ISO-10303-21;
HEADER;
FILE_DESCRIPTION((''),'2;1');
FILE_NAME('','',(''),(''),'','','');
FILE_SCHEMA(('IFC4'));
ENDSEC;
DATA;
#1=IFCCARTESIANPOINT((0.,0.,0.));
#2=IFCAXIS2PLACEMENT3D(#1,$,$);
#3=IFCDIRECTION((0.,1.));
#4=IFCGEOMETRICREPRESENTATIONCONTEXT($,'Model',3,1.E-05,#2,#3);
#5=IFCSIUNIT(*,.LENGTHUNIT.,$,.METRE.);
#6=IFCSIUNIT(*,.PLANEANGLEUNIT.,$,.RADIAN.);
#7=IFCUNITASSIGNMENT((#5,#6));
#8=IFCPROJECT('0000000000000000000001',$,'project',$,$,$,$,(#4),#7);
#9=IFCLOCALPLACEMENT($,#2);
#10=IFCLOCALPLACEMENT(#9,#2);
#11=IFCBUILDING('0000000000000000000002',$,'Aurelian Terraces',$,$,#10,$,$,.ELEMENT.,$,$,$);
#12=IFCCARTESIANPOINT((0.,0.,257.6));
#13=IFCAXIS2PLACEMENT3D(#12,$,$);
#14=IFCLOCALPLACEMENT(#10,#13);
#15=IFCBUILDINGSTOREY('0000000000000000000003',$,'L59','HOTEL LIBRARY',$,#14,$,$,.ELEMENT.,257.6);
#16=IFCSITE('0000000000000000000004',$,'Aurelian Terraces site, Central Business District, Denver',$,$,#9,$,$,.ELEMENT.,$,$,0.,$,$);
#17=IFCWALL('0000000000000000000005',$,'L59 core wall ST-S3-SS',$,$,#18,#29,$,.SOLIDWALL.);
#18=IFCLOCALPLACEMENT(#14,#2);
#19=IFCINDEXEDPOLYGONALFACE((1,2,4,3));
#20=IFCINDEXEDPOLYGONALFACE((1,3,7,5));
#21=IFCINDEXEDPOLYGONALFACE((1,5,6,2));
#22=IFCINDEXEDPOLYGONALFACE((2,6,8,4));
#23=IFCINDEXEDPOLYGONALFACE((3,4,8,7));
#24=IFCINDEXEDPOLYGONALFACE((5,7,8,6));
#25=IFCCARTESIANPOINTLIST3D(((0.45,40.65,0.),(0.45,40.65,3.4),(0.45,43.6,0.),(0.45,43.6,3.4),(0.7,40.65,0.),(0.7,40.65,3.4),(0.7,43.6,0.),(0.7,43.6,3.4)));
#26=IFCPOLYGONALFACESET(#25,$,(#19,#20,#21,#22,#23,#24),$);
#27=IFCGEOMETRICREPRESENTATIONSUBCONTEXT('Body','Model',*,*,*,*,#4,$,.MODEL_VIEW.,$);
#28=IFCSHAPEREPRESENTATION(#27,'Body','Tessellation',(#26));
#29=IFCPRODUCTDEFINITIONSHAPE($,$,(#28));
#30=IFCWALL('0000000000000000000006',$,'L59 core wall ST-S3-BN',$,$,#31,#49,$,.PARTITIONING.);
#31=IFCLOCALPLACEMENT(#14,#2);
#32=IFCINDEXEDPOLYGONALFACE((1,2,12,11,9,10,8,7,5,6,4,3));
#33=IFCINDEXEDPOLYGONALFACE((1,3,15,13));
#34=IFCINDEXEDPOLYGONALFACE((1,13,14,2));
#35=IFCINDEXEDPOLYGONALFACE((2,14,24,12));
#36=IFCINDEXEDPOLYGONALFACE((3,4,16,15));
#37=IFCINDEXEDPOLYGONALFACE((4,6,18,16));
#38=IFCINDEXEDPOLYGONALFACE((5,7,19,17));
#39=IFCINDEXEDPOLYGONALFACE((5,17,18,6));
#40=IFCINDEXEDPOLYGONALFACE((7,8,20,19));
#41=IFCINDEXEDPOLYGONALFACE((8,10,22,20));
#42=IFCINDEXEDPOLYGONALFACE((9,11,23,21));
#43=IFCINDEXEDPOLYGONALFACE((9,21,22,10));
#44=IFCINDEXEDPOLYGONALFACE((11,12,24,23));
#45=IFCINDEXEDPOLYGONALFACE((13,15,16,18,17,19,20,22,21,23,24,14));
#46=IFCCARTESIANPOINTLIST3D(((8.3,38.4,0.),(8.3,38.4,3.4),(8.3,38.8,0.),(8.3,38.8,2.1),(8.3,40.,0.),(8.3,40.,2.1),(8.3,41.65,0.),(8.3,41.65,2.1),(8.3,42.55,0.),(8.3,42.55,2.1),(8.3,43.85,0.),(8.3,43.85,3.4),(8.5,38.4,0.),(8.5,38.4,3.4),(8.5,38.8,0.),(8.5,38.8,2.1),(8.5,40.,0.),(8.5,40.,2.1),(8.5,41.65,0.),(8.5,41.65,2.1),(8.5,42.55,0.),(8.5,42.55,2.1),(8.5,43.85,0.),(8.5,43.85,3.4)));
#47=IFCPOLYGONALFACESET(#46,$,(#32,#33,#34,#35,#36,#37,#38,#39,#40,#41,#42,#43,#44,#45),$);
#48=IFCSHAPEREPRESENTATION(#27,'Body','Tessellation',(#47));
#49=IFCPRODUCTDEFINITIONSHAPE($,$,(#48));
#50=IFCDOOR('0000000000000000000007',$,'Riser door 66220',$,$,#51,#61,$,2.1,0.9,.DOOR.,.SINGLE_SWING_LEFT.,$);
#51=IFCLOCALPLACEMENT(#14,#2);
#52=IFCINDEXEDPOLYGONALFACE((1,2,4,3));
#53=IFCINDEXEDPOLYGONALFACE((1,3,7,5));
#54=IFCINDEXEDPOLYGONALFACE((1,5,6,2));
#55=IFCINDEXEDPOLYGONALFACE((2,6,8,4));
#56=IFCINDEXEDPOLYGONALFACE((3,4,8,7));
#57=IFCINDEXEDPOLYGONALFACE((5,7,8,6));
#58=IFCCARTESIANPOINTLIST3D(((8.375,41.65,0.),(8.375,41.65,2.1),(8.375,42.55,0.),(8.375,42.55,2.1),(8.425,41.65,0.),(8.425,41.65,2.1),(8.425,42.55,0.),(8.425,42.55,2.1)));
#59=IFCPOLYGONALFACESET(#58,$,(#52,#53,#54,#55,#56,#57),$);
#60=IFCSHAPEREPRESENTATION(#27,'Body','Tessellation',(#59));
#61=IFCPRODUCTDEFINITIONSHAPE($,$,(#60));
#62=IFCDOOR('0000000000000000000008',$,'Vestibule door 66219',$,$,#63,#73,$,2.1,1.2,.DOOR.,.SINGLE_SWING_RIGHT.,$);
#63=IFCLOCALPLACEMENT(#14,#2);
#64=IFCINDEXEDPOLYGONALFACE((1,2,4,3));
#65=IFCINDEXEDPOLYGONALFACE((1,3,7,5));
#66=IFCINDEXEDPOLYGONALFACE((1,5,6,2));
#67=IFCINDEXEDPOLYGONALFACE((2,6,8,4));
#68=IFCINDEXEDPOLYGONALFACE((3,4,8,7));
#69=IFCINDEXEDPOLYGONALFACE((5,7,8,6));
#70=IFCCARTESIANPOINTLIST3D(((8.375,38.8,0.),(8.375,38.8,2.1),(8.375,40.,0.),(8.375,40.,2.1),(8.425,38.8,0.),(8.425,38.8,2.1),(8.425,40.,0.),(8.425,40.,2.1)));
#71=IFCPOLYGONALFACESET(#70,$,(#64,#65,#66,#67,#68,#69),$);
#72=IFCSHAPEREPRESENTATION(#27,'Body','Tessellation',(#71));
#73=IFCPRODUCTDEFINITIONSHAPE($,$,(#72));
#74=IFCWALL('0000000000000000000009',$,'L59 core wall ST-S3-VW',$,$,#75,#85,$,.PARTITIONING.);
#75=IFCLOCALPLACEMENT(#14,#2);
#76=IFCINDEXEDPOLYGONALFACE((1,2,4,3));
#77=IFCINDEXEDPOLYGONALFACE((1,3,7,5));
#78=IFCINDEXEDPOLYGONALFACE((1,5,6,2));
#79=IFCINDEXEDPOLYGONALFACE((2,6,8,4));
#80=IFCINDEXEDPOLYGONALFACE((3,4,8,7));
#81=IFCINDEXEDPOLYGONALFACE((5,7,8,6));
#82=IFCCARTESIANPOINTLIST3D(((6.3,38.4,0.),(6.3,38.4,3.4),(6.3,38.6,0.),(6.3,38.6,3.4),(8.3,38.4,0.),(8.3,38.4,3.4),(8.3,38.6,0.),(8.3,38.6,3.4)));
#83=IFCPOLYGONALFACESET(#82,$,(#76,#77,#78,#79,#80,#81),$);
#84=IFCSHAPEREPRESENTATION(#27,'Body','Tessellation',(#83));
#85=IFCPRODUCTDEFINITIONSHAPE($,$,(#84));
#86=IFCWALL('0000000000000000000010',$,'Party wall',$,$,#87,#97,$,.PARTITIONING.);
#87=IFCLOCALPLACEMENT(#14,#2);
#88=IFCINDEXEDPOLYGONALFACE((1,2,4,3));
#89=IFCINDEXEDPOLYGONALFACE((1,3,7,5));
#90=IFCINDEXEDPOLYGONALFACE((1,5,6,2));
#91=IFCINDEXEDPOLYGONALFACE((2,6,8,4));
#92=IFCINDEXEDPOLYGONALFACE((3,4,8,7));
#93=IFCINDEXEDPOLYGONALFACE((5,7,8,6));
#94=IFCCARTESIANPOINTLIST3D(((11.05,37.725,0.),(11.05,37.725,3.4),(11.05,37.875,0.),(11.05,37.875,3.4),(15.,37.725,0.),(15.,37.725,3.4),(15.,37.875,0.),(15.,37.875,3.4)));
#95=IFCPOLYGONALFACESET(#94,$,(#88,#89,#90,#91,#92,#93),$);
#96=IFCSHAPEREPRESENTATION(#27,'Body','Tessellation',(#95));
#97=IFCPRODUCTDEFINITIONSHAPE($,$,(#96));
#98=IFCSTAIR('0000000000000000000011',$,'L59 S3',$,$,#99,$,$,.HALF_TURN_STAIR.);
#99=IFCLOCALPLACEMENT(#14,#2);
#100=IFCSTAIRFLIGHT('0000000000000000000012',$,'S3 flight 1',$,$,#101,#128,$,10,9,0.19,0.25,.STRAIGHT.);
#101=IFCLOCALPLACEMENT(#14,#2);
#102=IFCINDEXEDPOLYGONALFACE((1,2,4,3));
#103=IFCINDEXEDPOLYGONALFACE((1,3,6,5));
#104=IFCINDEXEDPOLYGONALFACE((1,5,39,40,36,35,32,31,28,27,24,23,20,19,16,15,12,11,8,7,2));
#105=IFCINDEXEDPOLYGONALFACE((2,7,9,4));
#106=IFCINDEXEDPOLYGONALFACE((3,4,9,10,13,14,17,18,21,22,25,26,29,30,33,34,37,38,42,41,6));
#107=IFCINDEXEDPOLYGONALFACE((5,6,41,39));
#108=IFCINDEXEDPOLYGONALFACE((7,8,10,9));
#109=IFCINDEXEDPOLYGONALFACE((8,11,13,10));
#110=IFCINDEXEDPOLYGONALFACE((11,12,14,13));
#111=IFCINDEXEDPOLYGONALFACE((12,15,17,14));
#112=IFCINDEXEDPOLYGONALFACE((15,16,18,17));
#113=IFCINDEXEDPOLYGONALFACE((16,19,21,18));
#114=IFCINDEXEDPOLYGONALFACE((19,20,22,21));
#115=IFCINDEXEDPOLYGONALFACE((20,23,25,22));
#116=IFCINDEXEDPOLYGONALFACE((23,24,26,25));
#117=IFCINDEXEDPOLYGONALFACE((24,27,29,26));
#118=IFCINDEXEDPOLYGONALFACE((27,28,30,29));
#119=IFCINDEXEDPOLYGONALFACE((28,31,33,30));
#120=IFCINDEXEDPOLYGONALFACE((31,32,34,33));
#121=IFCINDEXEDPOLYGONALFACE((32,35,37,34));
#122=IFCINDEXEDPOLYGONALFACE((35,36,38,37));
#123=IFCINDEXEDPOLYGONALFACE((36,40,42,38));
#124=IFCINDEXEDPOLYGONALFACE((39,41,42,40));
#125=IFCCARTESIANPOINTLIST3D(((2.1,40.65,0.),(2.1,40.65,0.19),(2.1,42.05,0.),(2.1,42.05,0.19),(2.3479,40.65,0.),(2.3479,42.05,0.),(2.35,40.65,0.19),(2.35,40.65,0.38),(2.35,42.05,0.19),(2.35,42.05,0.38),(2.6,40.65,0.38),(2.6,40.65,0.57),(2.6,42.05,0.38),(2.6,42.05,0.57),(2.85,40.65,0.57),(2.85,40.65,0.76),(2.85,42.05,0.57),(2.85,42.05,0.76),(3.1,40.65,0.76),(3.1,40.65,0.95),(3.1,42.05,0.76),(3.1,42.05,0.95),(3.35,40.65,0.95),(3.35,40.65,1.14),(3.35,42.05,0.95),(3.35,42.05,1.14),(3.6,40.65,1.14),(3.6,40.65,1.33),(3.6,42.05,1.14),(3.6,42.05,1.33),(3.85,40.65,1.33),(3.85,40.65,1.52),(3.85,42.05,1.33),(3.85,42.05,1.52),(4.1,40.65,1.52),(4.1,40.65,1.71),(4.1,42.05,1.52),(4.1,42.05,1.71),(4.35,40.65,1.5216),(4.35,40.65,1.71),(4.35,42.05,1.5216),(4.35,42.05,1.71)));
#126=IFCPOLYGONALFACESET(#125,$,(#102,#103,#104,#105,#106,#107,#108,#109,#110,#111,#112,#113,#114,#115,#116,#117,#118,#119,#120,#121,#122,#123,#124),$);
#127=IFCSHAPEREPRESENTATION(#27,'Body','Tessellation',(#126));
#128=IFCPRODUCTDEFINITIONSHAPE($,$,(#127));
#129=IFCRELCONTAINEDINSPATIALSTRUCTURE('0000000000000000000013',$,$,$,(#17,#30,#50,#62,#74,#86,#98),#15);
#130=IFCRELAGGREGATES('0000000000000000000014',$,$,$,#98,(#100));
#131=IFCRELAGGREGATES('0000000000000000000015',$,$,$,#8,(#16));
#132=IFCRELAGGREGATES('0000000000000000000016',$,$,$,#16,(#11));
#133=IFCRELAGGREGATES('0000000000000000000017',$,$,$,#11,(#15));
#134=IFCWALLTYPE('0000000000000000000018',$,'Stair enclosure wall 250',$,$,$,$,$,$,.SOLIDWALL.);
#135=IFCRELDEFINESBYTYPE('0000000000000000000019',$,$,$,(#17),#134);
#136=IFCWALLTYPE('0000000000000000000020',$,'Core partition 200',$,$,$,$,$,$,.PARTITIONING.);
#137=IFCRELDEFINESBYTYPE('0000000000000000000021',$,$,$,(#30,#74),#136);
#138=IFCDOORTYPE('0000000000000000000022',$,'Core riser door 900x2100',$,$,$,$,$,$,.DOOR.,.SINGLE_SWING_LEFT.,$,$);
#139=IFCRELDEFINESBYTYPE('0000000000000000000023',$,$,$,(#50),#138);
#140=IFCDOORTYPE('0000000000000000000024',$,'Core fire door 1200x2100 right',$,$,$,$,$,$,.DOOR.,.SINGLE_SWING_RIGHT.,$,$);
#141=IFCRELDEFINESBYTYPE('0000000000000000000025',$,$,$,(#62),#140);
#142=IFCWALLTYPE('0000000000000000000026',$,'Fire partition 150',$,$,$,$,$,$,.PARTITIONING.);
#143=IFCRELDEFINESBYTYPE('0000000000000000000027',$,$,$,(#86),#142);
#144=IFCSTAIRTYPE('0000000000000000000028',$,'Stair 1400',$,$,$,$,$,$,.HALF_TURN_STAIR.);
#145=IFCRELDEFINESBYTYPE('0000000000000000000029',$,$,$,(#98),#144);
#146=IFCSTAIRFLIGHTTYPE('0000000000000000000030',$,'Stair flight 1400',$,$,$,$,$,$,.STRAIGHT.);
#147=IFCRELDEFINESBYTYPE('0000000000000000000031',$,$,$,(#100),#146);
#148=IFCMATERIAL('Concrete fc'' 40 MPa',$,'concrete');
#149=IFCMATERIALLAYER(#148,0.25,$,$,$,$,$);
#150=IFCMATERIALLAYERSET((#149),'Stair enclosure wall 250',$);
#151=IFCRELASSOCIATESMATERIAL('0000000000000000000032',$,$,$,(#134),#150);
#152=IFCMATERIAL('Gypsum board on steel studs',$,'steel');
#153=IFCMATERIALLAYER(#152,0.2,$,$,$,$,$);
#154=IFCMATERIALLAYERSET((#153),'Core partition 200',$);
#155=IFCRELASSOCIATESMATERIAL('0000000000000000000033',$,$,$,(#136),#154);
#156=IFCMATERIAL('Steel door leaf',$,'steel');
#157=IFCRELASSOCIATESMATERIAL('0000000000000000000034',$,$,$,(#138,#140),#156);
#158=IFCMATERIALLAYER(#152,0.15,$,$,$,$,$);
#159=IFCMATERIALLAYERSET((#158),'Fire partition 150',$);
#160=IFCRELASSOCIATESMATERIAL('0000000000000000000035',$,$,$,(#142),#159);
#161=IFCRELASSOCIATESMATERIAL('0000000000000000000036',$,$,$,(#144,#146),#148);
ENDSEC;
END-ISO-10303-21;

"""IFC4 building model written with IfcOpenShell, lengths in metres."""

from ifc_helpers import new_model, si_unit, direction, frame, frame_2d, origin, place, context, subcontext, project, spatial, polyline, rectangle, outline, extrude, source, transform, mapped, material, layer, layer_set, type_object, element, fill, aggregate, save


model = new_model("IFC4")

# Units and contexts
model_context = context("Model", 3, precision=1e-05, world=origin(), true_north=direction((0.0, 1.0)))
body_context = subcontext(model_context, "Body", "Model", "MODEL_VIEW")
ifc_project = project(units=[si_unit("LENGTHUNIT", "METRE"), si_unit("PLANEANGLEUNIT", "RADIAN")], contexts=[model_context])

# Site, building, storey
site_placement = place(None, origin())
site = spatial("IfcSite", under=ifc_project, at=site_placement, Name="Aurelian Terraces site, Central Business District, Denver", CompositionType="ELEMENT", RefElevation=0.0)
building_placement = place(site_placement, origin())
building = spatial("IfcBuilding", under=site, at=building_placement, Name="Aurelian Terraces", CompositionType="ELEMENT")
storey_placement = place(building_placement, frame((0.0, 0.0, 257.6)))
storey = spatial("IfcBuildingStorey", under=building, at=storey_placement, Name="L59", Description="HOTEL LIBRARY", CompositionType="ELEMENT", Elevation=257.6)

# Shared definitions
ifc_material_1 = material(Name="Concrete fc' 40 MPa", Category="concrete")

# Shared definitions
ifc_layer_1 = layer(ifc_material_1, 0.25)
ifc_layer_set_1 = layer_set([ifc_layer_1], Name="Stair enclosure wall 250")
wall_type_1 = type_object("IfcWallType", Name="Stair enclosure wall 250", PredefinedType="SOLIDWALL", material=ifc_layer_set_1)
ifc_material_2 = material(Name="Steel door leaf", Category="steel")

# Wall
shared_shape_1 = source(origin(), body_context, "Body", "SweptSolid", [
    extrude(rectangle(XDim=2.95, YDim=0.25, at=frame_2d((1.475, 0.0))), origin(), (0.0, 0.0, 1.0), 3.4),
])
wall_1_placement = place(storey_placement, frame((0.575, 40.65, 0.0), z_axis=(0.0, 0.0, 1.0), x_axis=(0.0, 1.0, 0.0)))
element("IfcWall", 1, at=wall_1_placement, inside=storey, type_object=wall_type_1, Name="L59 core wall ST-S3-SS", PredefinedType="SOLIDWALL", context=body_context, shape_type="MappedRepresentation", body=[
    mapped(shared_shape_1, transform((0.0, 0.0, 0.0), scale=1.0)),
])

# Wall, openings, doors
ifc_material_3 = material(Name="Gypsum board on steel studs", Category="steel")
ifc_layer_2 = layer(ifc_material_3, 0.2)
ifc_layer_set_2 = layer_set([ifc_layer_2], Name="Core partition 200")
wall_type_2 = type_object("IfcWallType", Name="Core partition 200", PredefinedType="PARTITIONING", material=ifc_layer_set_2)
shared_shape_2 = source(origin(), body_context, "Body", "SweptSolid", [
    extrude(rectangle(XDim=5.45, YDim=0.2, at=frame_2d((2.725, 0.0))), origin(), (0.0, 0.0, 1.0), 3.4),
])
wall_2_placement = place(storey_placement, frame((8.4, 38.4, 0.0), z_axis=(0.0, 0.0, 1.0), x_axis=(0.0, 1.0, 0.0)))
wall_2 = element("IfcWall", 2, at=wall_2_placement, inside=storey, type_object=wall_type_2, Name="L59 core wall ST-S3-BN", PredefinedType="PARTITIONING", context=body_context, shape_type="MappedRepresentation", body=[
    mapped(shared_shape_2, transform((0.0, 0.0, 0.0), scale=1.0)),
])
shared_shape_3 = source(origin(), body_context, "Body", "SweptSolid", [
    extrude(rectangle(XDim=1.2, YDim=2.1, at=frame_2d((0.6, 1.05))), frame((0.0, 0.11, 0.0), z_axis=(0.0, -1.0, 0.0), x_axis=(1.0, 0.0, 0.0)), (0.0, 0.0, 1.0), 0.22),
])
opening_1_placement = place(wall_2_placement, frame((0.4, 0.0, 0.0)))
opening_1 = element("IfcOpeningElement", 3, at=opening_1_placement, cuts=wall_2, PredefinedType="OPENING", context=body_context, shape_type="MappedRepresentation", body=[
    mapped(shared_shape_3, transform((0.0, 0.0, 0.0), scale=1.0)),
])
shared_shape_4 = source(origin(), body_context, "Body", "SweptSolid", [
    extrude(rectangle(XDim=0.9, YDim=2.1, at=frame_2d((0.45, 1.05))), frame((0.0, 0.11, 0.0), z_axis=(0.0, -1.0, 0.0), x_axis=(1.0, 0.0, 0.0)), (0.0, 0.0, 1.0), 0.22),
])
opening_2_placement = place(wall_2_placement, frame((3.25, 0.0, 0.0)))
opening_2 = element("IfcOpeningElement", 4, at=opening_2_placement, cuts=wall_2, PredefinedType="OPENING", context=body_context, shape_type="MappedRepresentation", body=[
    mapped(shared_shape_4, transform((0.0, 0.0, 0.0), scale=1.0)),
])
door_type_1 = type_object("IfcDoorType", Name="Core riser door 900x2100", OperationType="SINGLE_SWING_LEFT", PredefinedType="DOOR", material=ifc_material_2)
shared_shape_5 = source(origin(), body_context, "Body", "SweptSolid", [
    extrude(rectangle(XDim=0.9, YDim=2.1, at=frame_2d((0.45, 1.05))), frame((0.0, 0.025, 0.0), z_axis=(0.0, -1.0, 0.0), x_axis=(1.0, 0.0, 0.0)), (0.0, 0.0, 1.0), 0.05),
])
door_1_placement = place(opening_2_placement, origin())
door_1 = element("IfcDoor", 5, at=door_1_placement, inside=storey, type_object=door_type_1, Name="Riser door 66220", OperationType="SINGLE_SWING_LEFT", OverallHeight=2.1, OverallWidth=0.9, PredefinedType="DOOR", context=body_context, shape_type="MappedRepresentation", body=[
    mapped(shared_shape_5, transform((0.0, 0.0, 0.0), scale=1.0)),
])
fill(opening_2, door_1)
door_type_2 = type_object("IfcDoorType", Name="Core fire door 1200x2100 right", OperationType="SINGLE_SWING_RIGHT", PredefinedType="DOOR", material=ifc_material_2)
shared_shape_6 = source(origin(), body_context, "Body", "SweptSolid", [
    extrude(rectangle(XDim=1.2, YDim=2.1, at=frame_2d((0.6, 1.05))), frame((0.0, 0.025, 0.0), z_axis=(0.0, -1.0, 0.0), x_axis=(1.0, 0.0, 0.0)), (0.0, 0.0, 1.0), 0.05),
])
door_2_placement = place(opening_1_placement, origin())
door_2 = element("IfcDoor", 6, at=door_2_placement, inside=storey, type_object=door_type_2, Name="Vestibule door 66219", OperationType="SINGLE_SWING_RIGHT", OverallHeight=2.1, OverallWidth=1.2, PredefinedType="DOOR", context=body_context, shape_type="MappedRepresentation", body=[
    mapped(shared_shape_6, transform((0.0, 0.0, 0.0), scale=1.0)),
])
fill(opening_1, door_2)

# Walls
shared_shape_7 = source(origin(), body_context, "Body", "SweptSolid", [
    extrude(rectangle(XDim=2.0, YDim=0.2, at=frame_2d((1.0, 0.0))), origin(), (0.0, 0.0, 1.0), 3.4),
])
wall_3_placement = place(storey_placement, frame((6.3, 38.5, 0.0), z_axis=(0.0, 0.0, 1.0), x_axis=(1.0, 0.0, 0.0)))
element("IfcWall", 7, at=wall_3_placement, inside=storey, type_object=wall_type_2, Name="L59 core wall ST-S3-VW", PredefinedType="PARTITIONING", context=body_context, shape_type="MappedRepresentation", body=[
    mapped(shared_shape_7, transform((0.0, 0.0, 0.0), scale=1.0)),
])
ifc_layer_3 = layer(ifc_material_3, 0.15)
ifc_layer_set_3 = layer_set([ifc_layer_3], Name="Fire partition 150")
wall_type_3 = type_object("IfcWallType", Name="Fire partition 150", PredefinedType="PARTITIONING", material=ifc_layer_set_3)
shared_shape_8 = source(origin(), body_context, "Body", "SweptSolid", [
    extrude(rectangle(XDim=3.95, YDim=0.15, at=frame_2d((1.975, 0.0))), origin(), (0.0, 0.0, 1.0), 3.4),
])
wall_4_placement = place(storey_placement, frame((15.0, 37.8, 0.0), z_axis=(0.0, 0.0, 1.0), x_axis=(-1.0, 0.0, 0.0)))
element("IfcWall", 8, at=wall_4_placement, inside=storey, type_object=wall_type_3, Name="Party wall", PredefinedType="PARTITIONING", context=body_context, shape_type="MappedRepresentation", body=[
    mapped(shared_shape_8, transform((0.0, 0.0, 0.0), scale=1.0)),
])

# Stair, stair flight
stair_type = type_object("IfcStairType", Name="Stair 1400", PredefinedType="HALF_TURN_STAIR", material=ifc_material_1)
stair_placement = place(storey_placement, origin())
stair = element("IfcStair", 9, at=stair_placement, inside=storey, type_object=stair_type, Name="L59 S3", PredefinedType="HALF_TURN_STAIR")
stair_flight_type = type_object("IfcStairFlightType", Name="Stair flight 1400", PredefinedType="STRAIGHT", material=ifc_material_1)
shared_shape_9 = source(origin(), body_context, "Body", "SweptSolid", [
    extrude(outline(polyline([(0.0, 0.0), (0.0, 0.19), (0.25, 0.19), (0.25, 0.38), (0.5, 0.38), (0.5, 0.57), (0.75, 0.57), (0.75, 0.76), (1.0, 0.76), (1.0, 0.95), (1.25, 0.95), (1.25, 1.14), (1.5, 1.14), (1.5, 1.33), (1.75, 1.33), (1.75, 1.52), (2.0, 1.52), (2.0, 1.71), (2.25, 1.71), (2.25, 1.9), (2.25, 1.5216), (0.2479, 0.0), (0.0, 0.0)])), frame((0.0, 0.7, 0.0), z_axis=(0.0, -1.0, 0.0), x_axis=(1.0, 0.0, 0.0)), (0.0, 0.0, 1.0), 1.4),
])
stair_flight_placement = place(storey_placement, frame((2.1, 41.35, 0.0), z_axis=(0.0, 0.0, 1.0), x_axis=(1.0, 0.0, 0.0)))
stair_flight = element("IfcStairFlight", 10, at=stair_flight_placement, type_object=stair_flight_type, Name="S3 flight 1", NumberOfRisers=10, NumberOfTreads=9, PredefinedType="STRAIGHT", RiserHeight=0.19, TreadLength=0.25, context=body_context, shape_type="MappedRepresentation", body=[
    mapped(shared_shape_9, transform((0.0, 0.0, 0.0), scale=1.0)),
])
aggregate(stair, [stair_flight])

save(model, "model.ifc")
